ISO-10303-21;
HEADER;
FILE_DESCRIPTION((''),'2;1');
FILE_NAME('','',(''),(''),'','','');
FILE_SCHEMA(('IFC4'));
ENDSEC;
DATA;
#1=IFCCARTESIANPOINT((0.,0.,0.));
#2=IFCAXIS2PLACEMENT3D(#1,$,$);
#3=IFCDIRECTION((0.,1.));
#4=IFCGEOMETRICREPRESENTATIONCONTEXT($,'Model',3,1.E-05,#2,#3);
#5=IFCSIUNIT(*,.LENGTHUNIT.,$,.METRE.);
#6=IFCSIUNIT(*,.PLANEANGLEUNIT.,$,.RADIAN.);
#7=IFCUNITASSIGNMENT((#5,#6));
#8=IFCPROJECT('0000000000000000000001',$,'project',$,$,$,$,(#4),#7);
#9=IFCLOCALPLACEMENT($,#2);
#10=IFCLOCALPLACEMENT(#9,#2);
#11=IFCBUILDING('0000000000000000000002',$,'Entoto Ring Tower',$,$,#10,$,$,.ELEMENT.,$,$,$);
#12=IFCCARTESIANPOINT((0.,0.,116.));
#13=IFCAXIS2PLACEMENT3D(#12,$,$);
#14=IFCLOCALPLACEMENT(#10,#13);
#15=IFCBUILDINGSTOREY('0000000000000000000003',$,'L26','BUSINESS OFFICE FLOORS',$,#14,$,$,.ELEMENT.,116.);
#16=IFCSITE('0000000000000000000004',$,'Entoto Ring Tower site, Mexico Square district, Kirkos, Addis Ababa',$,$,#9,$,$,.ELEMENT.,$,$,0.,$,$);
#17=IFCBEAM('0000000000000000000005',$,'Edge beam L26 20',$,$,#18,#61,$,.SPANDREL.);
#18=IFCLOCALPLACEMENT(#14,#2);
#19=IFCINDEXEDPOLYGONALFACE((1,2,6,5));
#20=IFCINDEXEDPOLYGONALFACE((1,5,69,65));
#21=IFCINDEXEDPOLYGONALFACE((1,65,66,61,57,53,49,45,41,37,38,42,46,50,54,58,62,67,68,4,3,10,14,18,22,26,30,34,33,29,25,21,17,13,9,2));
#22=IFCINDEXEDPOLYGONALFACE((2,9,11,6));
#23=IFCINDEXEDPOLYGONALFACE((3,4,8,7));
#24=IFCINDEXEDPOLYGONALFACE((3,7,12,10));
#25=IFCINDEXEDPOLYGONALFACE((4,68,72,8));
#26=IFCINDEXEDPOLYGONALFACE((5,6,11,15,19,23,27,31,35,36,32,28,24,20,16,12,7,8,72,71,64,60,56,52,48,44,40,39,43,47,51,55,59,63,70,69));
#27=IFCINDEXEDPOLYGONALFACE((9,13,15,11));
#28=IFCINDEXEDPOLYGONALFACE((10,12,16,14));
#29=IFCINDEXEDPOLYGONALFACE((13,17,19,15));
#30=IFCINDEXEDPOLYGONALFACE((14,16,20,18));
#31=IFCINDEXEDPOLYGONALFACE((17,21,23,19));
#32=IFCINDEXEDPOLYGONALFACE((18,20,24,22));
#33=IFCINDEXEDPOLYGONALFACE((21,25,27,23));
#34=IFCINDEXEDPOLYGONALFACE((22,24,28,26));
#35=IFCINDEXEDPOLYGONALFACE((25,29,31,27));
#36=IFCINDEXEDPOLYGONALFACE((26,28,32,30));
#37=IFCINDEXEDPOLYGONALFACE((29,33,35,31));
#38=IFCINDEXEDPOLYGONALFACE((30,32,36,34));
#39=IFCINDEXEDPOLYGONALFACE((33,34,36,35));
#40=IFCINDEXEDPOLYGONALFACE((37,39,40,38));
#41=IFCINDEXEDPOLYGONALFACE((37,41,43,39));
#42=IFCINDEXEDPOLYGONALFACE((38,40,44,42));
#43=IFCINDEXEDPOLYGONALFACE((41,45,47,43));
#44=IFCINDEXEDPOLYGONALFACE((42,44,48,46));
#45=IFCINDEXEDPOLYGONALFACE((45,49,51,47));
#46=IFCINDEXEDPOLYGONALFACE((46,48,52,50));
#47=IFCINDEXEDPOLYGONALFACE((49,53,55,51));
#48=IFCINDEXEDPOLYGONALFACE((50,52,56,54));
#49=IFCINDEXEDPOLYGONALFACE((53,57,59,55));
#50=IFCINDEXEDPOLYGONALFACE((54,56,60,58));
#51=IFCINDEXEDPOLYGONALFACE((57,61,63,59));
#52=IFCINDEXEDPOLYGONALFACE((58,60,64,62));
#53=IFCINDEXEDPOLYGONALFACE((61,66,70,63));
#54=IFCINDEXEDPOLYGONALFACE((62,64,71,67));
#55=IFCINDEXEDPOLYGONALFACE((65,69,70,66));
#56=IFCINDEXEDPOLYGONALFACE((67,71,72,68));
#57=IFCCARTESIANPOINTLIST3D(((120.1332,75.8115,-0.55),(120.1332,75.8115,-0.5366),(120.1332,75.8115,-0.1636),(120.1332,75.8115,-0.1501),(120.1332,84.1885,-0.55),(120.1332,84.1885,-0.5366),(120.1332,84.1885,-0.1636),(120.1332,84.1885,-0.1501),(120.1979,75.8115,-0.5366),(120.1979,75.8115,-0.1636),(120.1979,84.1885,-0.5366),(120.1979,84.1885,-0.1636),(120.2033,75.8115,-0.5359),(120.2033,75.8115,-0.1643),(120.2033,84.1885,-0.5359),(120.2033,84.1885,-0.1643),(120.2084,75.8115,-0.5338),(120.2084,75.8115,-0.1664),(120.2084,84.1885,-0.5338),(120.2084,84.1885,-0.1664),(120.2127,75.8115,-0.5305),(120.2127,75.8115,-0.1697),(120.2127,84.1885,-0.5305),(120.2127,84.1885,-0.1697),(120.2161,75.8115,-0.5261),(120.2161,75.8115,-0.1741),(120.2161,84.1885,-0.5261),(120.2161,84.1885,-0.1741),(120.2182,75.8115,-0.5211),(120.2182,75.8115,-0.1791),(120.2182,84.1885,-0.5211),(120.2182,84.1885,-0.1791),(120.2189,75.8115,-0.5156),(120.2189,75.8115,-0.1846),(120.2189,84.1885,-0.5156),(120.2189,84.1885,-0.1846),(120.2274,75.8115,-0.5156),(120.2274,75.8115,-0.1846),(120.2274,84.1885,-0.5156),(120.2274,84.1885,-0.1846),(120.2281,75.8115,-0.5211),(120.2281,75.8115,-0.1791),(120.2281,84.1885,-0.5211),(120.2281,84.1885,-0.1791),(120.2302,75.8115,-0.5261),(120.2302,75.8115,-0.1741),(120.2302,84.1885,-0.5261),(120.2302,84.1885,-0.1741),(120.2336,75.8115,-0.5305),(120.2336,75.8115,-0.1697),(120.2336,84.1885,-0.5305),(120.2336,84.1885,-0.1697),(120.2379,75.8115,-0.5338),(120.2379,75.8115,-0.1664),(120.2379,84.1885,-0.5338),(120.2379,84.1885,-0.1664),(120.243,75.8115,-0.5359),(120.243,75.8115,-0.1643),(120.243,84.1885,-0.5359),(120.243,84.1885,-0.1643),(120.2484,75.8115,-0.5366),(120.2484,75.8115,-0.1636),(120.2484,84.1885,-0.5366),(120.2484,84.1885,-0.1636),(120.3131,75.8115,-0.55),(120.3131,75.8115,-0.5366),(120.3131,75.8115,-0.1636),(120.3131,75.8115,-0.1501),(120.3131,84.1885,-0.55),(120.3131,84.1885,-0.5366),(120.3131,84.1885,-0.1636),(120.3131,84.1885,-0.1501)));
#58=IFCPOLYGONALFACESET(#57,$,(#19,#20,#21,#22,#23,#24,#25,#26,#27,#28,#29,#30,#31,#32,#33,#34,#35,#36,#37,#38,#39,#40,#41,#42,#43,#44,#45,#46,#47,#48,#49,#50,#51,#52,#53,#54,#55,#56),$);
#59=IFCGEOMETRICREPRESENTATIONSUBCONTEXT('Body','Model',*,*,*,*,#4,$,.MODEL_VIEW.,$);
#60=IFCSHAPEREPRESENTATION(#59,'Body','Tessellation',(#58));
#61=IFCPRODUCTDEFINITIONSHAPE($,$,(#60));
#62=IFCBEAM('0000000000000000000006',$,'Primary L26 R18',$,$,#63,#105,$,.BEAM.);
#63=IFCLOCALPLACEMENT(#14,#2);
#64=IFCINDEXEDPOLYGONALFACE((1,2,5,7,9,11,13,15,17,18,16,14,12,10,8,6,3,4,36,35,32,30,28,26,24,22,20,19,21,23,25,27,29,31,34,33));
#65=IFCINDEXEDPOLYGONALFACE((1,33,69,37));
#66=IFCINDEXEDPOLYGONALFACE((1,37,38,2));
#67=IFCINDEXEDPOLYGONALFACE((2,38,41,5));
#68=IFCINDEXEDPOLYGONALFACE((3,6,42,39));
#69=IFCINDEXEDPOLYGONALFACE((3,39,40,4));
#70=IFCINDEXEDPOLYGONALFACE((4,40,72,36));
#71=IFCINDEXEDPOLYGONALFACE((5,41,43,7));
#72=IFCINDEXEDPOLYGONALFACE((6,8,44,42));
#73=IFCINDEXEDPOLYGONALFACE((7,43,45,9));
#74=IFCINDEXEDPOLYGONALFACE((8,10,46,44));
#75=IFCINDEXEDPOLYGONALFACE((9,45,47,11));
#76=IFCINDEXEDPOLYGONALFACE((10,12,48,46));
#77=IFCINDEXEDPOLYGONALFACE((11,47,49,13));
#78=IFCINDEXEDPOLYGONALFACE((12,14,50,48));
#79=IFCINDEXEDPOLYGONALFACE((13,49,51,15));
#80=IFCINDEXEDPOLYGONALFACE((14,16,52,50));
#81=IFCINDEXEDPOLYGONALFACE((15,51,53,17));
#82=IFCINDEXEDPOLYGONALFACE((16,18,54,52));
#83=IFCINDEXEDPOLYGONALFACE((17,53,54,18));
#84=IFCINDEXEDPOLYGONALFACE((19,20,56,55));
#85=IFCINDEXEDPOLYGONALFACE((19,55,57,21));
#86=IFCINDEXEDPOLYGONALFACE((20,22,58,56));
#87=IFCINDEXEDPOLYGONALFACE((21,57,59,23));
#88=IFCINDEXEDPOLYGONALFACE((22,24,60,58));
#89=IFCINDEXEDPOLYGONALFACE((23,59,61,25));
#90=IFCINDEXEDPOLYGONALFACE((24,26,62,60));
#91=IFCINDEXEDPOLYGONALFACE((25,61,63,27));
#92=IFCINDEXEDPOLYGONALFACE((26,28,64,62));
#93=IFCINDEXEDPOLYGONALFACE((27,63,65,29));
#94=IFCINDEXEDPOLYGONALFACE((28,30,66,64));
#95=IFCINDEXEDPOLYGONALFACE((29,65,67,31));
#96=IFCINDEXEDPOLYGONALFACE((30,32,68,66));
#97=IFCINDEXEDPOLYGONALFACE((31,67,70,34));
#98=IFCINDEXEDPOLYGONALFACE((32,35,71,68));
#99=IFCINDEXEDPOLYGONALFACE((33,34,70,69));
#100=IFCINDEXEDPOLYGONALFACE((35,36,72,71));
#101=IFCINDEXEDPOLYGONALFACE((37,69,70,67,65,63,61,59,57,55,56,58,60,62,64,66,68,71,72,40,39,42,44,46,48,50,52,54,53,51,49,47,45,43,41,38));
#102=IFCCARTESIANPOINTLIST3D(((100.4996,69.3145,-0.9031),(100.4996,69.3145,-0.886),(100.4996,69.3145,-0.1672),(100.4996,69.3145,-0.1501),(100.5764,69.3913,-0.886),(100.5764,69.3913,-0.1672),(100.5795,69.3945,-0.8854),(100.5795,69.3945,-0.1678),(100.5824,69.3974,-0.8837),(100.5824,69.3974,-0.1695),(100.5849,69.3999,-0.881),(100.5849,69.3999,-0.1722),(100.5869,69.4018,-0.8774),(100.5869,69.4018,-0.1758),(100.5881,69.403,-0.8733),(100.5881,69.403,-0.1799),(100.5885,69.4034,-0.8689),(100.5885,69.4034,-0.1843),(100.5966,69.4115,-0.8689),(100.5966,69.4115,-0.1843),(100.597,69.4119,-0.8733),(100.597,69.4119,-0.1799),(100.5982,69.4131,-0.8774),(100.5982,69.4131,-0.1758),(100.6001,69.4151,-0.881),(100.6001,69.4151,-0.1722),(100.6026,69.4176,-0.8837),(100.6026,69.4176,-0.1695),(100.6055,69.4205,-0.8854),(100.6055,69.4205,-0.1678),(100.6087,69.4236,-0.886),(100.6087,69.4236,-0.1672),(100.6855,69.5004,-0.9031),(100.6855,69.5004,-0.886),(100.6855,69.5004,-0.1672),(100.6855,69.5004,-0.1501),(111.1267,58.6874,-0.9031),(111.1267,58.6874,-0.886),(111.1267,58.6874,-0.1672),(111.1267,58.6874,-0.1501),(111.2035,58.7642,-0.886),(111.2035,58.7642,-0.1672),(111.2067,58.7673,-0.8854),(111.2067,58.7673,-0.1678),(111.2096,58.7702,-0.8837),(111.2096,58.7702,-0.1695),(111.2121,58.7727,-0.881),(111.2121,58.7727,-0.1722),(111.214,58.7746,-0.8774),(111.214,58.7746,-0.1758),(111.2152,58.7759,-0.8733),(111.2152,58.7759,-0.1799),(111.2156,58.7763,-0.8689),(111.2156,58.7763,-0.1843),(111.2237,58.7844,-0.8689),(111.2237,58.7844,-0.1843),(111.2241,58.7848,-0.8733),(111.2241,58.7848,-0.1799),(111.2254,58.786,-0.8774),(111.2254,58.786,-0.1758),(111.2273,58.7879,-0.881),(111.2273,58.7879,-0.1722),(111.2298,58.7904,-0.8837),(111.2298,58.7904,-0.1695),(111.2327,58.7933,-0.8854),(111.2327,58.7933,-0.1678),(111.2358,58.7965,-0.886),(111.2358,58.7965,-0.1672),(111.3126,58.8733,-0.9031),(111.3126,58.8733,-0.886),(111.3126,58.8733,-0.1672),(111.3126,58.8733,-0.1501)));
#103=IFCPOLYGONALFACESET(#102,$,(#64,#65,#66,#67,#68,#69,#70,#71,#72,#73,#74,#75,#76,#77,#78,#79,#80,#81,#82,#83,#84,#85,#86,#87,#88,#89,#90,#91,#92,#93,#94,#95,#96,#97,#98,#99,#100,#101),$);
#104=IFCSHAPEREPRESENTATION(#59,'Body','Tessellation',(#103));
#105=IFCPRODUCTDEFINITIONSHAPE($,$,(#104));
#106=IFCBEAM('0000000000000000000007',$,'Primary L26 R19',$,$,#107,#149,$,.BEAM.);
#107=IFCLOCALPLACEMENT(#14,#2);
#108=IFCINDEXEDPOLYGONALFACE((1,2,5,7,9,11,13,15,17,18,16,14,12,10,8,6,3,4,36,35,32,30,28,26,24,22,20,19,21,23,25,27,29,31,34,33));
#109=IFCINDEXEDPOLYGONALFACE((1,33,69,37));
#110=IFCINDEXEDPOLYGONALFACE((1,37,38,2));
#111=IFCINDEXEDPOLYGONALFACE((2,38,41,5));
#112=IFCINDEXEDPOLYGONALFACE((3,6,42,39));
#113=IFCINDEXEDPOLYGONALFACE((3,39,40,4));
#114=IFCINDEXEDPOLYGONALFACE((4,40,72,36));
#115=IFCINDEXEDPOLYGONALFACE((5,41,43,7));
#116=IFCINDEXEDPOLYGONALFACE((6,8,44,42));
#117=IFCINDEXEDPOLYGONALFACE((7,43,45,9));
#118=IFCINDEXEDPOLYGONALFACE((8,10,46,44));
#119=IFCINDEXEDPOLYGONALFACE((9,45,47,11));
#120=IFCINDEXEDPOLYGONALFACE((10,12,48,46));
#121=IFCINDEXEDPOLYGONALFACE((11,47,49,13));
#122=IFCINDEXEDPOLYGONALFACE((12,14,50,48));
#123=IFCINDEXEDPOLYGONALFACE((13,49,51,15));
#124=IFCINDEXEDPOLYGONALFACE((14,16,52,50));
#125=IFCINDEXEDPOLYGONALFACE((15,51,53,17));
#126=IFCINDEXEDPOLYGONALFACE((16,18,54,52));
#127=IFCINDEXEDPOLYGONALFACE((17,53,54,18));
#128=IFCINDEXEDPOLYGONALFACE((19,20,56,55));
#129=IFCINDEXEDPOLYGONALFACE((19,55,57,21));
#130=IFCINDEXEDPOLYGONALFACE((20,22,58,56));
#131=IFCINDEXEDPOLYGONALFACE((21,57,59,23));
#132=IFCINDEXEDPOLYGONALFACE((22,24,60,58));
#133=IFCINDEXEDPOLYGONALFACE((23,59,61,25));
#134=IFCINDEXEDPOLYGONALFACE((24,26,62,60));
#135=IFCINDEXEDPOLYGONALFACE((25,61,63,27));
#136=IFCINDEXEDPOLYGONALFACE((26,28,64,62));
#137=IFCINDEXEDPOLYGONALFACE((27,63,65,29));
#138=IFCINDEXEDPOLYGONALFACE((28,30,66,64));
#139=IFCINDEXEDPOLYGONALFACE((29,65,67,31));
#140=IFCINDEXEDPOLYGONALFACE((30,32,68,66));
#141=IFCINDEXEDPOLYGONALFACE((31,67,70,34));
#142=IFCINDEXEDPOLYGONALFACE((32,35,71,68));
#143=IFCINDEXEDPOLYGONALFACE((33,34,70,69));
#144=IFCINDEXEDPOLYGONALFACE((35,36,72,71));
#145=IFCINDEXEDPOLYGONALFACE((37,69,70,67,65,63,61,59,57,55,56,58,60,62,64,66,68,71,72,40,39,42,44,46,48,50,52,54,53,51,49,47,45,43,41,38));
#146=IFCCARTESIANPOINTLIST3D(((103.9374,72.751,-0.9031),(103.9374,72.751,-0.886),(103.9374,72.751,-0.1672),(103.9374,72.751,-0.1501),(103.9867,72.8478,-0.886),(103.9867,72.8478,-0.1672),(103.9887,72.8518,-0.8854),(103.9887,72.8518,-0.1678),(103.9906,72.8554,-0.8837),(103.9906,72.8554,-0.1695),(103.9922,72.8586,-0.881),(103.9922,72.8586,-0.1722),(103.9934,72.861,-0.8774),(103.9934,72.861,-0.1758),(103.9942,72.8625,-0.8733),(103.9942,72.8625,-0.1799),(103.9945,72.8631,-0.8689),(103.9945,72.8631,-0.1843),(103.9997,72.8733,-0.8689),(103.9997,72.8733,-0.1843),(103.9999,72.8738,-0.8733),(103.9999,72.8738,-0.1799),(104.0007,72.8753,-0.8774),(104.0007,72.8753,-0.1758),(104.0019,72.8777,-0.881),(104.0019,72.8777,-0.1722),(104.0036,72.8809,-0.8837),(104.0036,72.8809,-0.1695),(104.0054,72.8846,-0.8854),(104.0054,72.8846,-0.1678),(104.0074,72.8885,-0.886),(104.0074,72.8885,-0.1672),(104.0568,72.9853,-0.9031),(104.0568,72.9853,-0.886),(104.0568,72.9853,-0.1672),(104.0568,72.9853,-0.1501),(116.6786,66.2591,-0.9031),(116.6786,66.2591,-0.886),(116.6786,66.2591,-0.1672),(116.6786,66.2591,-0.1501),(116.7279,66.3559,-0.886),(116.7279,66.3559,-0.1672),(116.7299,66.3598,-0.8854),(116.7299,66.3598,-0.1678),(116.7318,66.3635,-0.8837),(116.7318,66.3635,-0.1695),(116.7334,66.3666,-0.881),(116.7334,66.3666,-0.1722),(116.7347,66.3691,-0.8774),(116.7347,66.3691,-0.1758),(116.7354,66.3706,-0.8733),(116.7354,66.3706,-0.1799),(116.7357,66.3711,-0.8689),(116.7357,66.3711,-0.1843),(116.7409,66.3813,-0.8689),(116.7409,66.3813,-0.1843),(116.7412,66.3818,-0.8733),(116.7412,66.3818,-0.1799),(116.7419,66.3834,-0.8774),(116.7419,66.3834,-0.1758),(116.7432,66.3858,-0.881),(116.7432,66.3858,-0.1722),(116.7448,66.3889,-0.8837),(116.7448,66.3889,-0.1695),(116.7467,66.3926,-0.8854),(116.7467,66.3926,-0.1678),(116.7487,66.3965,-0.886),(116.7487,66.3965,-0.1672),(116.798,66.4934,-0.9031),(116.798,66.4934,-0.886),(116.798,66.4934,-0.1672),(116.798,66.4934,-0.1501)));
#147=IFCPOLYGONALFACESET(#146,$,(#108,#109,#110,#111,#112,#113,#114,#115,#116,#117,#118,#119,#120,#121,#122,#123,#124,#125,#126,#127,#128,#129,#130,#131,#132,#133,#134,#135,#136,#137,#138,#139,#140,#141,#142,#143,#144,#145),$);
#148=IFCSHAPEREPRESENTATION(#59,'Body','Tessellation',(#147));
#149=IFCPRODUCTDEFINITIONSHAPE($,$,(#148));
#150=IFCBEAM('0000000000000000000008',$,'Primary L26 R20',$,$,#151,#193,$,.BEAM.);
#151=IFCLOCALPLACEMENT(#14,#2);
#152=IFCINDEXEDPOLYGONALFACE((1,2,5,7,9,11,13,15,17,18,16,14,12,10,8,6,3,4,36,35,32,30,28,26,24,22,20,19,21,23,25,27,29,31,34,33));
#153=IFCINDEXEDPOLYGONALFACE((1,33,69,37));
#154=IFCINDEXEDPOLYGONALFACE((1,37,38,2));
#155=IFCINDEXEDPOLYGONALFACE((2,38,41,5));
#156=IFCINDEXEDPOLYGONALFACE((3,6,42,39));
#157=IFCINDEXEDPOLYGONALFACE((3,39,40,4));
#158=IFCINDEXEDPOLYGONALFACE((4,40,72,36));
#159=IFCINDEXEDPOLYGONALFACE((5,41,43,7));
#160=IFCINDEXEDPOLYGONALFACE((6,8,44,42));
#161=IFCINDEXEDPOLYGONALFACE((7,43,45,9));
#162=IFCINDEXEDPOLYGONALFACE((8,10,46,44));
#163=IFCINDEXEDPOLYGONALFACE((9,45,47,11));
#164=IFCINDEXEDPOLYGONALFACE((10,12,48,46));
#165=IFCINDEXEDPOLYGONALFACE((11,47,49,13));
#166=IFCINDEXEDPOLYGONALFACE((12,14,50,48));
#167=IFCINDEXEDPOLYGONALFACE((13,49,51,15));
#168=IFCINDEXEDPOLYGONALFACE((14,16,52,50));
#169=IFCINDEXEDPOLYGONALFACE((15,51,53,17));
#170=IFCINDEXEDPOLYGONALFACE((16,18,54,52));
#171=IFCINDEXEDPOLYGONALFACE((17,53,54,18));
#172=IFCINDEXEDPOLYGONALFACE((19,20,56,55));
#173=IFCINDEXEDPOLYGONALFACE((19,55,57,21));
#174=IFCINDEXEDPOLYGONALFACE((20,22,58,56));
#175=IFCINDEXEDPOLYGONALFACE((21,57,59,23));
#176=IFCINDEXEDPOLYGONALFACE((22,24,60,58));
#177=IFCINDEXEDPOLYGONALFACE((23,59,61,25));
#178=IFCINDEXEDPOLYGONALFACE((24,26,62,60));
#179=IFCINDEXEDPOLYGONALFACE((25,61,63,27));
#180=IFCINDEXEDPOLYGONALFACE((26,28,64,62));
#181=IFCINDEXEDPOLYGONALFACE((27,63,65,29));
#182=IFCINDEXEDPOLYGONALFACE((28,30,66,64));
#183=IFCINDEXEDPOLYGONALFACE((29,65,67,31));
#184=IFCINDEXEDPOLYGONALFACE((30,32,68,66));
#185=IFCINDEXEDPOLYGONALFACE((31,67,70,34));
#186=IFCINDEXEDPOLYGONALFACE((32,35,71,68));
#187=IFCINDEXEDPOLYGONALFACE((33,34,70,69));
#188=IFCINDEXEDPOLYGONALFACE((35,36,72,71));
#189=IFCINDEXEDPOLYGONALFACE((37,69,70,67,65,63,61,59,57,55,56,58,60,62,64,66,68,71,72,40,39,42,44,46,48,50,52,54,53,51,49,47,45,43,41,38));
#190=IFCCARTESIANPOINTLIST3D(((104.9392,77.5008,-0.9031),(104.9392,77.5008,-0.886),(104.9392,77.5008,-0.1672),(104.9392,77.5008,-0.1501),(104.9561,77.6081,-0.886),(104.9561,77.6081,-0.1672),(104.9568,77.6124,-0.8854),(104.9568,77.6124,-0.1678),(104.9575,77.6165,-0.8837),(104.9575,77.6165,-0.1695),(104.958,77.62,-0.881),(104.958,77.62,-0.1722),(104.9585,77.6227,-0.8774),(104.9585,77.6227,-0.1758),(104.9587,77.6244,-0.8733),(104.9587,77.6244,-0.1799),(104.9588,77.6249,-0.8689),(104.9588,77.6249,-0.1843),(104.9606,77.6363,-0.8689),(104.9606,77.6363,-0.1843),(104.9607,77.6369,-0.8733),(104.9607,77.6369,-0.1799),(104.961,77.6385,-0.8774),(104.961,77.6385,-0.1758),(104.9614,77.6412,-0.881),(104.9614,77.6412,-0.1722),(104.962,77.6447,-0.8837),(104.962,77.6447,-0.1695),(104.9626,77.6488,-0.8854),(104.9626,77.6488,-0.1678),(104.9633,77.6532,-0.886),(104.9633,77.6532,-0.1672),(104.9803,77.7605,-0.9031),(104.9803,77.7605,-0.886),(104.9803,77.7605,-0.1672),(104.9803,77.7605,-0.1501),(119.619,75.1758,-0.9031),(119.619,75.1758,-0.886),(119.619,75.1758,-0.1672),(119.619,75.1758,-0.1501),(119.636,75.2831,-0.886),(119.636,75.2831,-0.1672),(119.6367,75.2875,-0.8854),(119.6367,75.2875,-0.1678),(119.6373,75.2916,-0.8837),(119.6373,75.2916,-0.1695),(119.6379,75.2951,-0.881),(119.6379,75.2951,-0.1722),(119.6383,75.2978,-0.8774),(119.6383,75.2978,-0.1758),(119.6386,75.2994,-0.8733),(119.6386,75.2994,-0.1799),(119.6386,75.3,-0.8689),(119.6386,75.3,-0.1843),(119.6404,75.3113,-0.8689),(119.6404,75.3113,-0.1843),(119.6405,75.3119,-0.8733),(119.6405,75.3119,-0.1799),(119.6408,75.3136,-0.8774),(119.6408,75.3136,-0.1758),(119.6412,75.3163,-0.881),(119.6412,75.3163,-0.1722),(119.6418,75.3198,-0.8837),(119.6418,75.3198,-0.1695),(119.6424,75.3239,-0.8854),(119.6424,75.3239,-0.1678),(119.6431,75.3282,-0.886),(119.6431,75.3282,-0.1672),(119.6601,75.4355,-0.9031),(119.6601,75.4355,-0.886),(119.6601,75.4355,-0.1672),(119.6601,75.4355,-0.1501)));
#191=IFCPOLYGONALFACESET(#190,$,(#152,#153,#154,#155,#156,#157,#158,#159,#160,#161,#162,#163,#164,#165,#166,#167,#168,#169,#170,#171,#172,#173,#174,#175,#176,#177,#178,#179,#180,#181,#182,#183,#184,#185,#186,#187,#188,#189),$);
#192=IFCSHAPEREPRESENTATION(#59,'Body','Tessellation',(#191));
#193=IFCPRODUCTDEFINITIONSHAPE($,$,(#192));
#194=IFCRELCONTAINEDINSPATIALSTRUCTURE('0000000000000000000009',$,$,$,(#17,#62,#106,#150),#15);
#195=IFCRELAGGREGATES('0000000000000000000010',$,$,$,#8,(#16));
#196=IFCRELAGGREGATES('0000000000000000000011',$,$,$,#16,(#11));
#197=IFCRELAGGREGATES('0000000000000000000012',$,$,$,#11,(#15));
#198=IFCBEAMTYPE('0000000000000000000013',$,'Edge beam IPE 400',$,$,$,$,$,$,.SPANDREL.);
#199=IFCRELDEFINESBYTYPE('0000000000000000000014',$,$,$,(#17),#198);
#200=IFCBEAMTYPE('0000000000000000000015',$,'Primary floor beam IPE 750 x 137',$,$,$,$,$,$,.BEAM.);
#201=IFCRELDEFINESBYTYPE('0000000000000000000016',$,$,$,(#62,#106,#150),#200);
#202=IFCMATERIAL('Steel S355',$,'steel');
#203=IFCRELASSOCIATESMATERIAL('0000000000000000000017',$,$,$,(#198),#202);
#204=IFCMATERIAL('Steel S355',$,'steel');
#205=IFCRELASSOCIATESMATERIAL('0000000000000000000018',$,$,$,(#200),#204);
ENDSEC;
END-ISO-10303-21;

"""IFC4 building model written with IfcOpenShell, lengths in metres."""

from ifc_helpers import new_model, si_unit, direction, frame, origin, origin_2d, place, context, subcontext, project, spatial, i_section, extrude, material, material_profile, profile_set, type_object, element, save


model = new_model("IFC4")

# Units and contexts
model_context = context("Model", 3, precision=1e-05, world=origin(), true_north=direction((0.0, 1.0)))
body_context = subcontext(model_context, "Body", "Model", "MODEL_VIEW")
ifc_project = project(units=[si_unit("LENGTHUNIT", "METRE"), si_unit("PLANEANGLEUNIT", "RADIAN")], contexts=[model_context])

# Site, building, storey
site_placement = place(None, origin())
site = spatial("IfcSite", under=ifc_project, at=site_placement, Name="Entoto Ring Tower site, Mexico Square district, Kirkos, Addis Ababa", CompositionType="ELEMENT", RefElevation=0.0)
building_placement = place(site_placement, origin())
building = spatial("IfcBuilding", under=site, at=building_placement, Name="Entoto Ring Tower", CompositionType="ELEMENT")
storey_placement = place(building_placement, frame((0.0, 0.0, 116.0)))
storey = spatial("IfcBuildingStorey", under=building, at=storey_placement, Name="L26", Description="BUSINESS OFFICE FLOORS", CompositionType="ELEMENT", Elevation=116.0)

# Beams
ifc_material_1 = material(Name="Steel S355", Category="steel")
ifc_material_profile_1 = material_profile(ifc_material_1, i_section(OverallWidth=0.1799, OverallDepth=0.3999, WebThickness=0.0085, FlangeThickness=0.0134, FilletRadius=0.021, at=origin_2d()), Name="IPE 400")
ifc_profile_set_1 = profile_set([ifc_material_profile_1], Name="Steel S355")
beam_type_1 = type_object("IfcBeamType", Name="Edge beam IPE 400", PredefinedType="SPANDREL", material=ifc_profile_set_1)
for number, where, z_axis, x_axis, name in (
    (1, (120.2231, 75.8115, -0.3501), (0.0, 1.0, 0.0), (-1.0, 0.0, 0.0), "Edge beam L26 20"),
):
    element("IfcBeam", number, at=place(storey_placement, frame(where, z_axis=z_axis, x_axis=x_axis)), inside=storey, type_object=beam_type_1, Name=name, PredefinedType="SPANDREL", context=body_context, shape_type="SweptSolid", body=[
        extrude(i_section(OverallWidth=0.1799, OverallDepth=0.3999, WebThickness=0.0085, FlangeThickness=0.0134, FilletRadius=0.021, at=origin_2d()), origin(), (0.0, 0.0, 1.0), 8.377),
    ])
ifc_material_2 = material(Name="Steel S355", Category="steel")
ifc_material_profile_2 = material_profile(ifc_material_2, i_section(OverallWidth=0.2629, OverallDepth=0.7529, WebThickness=0.0115, FlangeThickness=0.0171, FilletRadius=0.0171, at=origin_2d()), Name="IPE 750 x 137")
ifc_profile_set_2 = profile_set([ifc_material_profile_2], Name="Steel S355")
beam_type_2 = type_object("IfcBeamType", Name="Primary floor beam IPE 750 x 137", PredefinedType="BEAM", material=ifc_profile_set_2)
beam_1_placement = place(storey_placement, frame((100.5925, 69.4075, -0.5266), z_axis=(0.707107, -0.707107, 0.0), x_axis=(0.707107, 0.707107, 0.0)))
element("IfcBeam", 2, at=beam_1_placement, inside=storey, type_object=beam_type_2, Name="Primary L26 R18", PredefinedType="BEAM", context=body_context, shape_type="SweptSolid", body=[
    extrude(i_section(OverallWidth=0.2629, OverallDepth=0.7529, WebThickness=0.0115, FlangeThickness=0.0171, FilletRadius=0.0171, at=origin_2d()), origin(), (0.0, 0.0, 1.0), 15.0291),
])
beam_2_placement = place(storey_placement, frame((103.9971, 72.8682, -0.5266), z_axis=(0.891007, -0.453989, 0.0), x_axis=(0.453989, 0.891007, 0.0)))
element("IfcBeam", 3, at=beam_2_placement, inside=storey, type_object=beam_type_2, Name="Primary L26 R19", PredefinedType="BEAM", context=body_context, shape_type="SweptSolid", body=[
    extrude(i_section(OverallWidth=0.2629, OverallDepth=0.7529, WebThickness=0.0115, FlangeThickness=0.0171, FilletRadius=0.0171, at=origin_2d()), origin(), (0.0, 0.0, 1.0), 14.2998),
])
beam_3_placement = place(storey_placement, frame((104.9597, 77.6306, -0.5266), z_axis=(0.98769, -0.156426, 0.0), x_axis=(0.156426, 0.98769, 0.0)))
element("IfcBeam", 4, at=beam_3_placement, inside=storey, type_object=beam_type_2, Name="Primary L26 R20", PredefinedType="BEAM", context=body_context, shape_type="SweptSolid", body=[
    extrude(i_section(OverallWidth=0.2629, OverallDepth=0.7529, WebThickness=0.0115, FlangeThickness=0.0171, FilletRadius=0.0171, at=origin_2d()), origin(), (0.0, 0.0, 1.0), 14.8628),
])

save(model, "model.ifc")
